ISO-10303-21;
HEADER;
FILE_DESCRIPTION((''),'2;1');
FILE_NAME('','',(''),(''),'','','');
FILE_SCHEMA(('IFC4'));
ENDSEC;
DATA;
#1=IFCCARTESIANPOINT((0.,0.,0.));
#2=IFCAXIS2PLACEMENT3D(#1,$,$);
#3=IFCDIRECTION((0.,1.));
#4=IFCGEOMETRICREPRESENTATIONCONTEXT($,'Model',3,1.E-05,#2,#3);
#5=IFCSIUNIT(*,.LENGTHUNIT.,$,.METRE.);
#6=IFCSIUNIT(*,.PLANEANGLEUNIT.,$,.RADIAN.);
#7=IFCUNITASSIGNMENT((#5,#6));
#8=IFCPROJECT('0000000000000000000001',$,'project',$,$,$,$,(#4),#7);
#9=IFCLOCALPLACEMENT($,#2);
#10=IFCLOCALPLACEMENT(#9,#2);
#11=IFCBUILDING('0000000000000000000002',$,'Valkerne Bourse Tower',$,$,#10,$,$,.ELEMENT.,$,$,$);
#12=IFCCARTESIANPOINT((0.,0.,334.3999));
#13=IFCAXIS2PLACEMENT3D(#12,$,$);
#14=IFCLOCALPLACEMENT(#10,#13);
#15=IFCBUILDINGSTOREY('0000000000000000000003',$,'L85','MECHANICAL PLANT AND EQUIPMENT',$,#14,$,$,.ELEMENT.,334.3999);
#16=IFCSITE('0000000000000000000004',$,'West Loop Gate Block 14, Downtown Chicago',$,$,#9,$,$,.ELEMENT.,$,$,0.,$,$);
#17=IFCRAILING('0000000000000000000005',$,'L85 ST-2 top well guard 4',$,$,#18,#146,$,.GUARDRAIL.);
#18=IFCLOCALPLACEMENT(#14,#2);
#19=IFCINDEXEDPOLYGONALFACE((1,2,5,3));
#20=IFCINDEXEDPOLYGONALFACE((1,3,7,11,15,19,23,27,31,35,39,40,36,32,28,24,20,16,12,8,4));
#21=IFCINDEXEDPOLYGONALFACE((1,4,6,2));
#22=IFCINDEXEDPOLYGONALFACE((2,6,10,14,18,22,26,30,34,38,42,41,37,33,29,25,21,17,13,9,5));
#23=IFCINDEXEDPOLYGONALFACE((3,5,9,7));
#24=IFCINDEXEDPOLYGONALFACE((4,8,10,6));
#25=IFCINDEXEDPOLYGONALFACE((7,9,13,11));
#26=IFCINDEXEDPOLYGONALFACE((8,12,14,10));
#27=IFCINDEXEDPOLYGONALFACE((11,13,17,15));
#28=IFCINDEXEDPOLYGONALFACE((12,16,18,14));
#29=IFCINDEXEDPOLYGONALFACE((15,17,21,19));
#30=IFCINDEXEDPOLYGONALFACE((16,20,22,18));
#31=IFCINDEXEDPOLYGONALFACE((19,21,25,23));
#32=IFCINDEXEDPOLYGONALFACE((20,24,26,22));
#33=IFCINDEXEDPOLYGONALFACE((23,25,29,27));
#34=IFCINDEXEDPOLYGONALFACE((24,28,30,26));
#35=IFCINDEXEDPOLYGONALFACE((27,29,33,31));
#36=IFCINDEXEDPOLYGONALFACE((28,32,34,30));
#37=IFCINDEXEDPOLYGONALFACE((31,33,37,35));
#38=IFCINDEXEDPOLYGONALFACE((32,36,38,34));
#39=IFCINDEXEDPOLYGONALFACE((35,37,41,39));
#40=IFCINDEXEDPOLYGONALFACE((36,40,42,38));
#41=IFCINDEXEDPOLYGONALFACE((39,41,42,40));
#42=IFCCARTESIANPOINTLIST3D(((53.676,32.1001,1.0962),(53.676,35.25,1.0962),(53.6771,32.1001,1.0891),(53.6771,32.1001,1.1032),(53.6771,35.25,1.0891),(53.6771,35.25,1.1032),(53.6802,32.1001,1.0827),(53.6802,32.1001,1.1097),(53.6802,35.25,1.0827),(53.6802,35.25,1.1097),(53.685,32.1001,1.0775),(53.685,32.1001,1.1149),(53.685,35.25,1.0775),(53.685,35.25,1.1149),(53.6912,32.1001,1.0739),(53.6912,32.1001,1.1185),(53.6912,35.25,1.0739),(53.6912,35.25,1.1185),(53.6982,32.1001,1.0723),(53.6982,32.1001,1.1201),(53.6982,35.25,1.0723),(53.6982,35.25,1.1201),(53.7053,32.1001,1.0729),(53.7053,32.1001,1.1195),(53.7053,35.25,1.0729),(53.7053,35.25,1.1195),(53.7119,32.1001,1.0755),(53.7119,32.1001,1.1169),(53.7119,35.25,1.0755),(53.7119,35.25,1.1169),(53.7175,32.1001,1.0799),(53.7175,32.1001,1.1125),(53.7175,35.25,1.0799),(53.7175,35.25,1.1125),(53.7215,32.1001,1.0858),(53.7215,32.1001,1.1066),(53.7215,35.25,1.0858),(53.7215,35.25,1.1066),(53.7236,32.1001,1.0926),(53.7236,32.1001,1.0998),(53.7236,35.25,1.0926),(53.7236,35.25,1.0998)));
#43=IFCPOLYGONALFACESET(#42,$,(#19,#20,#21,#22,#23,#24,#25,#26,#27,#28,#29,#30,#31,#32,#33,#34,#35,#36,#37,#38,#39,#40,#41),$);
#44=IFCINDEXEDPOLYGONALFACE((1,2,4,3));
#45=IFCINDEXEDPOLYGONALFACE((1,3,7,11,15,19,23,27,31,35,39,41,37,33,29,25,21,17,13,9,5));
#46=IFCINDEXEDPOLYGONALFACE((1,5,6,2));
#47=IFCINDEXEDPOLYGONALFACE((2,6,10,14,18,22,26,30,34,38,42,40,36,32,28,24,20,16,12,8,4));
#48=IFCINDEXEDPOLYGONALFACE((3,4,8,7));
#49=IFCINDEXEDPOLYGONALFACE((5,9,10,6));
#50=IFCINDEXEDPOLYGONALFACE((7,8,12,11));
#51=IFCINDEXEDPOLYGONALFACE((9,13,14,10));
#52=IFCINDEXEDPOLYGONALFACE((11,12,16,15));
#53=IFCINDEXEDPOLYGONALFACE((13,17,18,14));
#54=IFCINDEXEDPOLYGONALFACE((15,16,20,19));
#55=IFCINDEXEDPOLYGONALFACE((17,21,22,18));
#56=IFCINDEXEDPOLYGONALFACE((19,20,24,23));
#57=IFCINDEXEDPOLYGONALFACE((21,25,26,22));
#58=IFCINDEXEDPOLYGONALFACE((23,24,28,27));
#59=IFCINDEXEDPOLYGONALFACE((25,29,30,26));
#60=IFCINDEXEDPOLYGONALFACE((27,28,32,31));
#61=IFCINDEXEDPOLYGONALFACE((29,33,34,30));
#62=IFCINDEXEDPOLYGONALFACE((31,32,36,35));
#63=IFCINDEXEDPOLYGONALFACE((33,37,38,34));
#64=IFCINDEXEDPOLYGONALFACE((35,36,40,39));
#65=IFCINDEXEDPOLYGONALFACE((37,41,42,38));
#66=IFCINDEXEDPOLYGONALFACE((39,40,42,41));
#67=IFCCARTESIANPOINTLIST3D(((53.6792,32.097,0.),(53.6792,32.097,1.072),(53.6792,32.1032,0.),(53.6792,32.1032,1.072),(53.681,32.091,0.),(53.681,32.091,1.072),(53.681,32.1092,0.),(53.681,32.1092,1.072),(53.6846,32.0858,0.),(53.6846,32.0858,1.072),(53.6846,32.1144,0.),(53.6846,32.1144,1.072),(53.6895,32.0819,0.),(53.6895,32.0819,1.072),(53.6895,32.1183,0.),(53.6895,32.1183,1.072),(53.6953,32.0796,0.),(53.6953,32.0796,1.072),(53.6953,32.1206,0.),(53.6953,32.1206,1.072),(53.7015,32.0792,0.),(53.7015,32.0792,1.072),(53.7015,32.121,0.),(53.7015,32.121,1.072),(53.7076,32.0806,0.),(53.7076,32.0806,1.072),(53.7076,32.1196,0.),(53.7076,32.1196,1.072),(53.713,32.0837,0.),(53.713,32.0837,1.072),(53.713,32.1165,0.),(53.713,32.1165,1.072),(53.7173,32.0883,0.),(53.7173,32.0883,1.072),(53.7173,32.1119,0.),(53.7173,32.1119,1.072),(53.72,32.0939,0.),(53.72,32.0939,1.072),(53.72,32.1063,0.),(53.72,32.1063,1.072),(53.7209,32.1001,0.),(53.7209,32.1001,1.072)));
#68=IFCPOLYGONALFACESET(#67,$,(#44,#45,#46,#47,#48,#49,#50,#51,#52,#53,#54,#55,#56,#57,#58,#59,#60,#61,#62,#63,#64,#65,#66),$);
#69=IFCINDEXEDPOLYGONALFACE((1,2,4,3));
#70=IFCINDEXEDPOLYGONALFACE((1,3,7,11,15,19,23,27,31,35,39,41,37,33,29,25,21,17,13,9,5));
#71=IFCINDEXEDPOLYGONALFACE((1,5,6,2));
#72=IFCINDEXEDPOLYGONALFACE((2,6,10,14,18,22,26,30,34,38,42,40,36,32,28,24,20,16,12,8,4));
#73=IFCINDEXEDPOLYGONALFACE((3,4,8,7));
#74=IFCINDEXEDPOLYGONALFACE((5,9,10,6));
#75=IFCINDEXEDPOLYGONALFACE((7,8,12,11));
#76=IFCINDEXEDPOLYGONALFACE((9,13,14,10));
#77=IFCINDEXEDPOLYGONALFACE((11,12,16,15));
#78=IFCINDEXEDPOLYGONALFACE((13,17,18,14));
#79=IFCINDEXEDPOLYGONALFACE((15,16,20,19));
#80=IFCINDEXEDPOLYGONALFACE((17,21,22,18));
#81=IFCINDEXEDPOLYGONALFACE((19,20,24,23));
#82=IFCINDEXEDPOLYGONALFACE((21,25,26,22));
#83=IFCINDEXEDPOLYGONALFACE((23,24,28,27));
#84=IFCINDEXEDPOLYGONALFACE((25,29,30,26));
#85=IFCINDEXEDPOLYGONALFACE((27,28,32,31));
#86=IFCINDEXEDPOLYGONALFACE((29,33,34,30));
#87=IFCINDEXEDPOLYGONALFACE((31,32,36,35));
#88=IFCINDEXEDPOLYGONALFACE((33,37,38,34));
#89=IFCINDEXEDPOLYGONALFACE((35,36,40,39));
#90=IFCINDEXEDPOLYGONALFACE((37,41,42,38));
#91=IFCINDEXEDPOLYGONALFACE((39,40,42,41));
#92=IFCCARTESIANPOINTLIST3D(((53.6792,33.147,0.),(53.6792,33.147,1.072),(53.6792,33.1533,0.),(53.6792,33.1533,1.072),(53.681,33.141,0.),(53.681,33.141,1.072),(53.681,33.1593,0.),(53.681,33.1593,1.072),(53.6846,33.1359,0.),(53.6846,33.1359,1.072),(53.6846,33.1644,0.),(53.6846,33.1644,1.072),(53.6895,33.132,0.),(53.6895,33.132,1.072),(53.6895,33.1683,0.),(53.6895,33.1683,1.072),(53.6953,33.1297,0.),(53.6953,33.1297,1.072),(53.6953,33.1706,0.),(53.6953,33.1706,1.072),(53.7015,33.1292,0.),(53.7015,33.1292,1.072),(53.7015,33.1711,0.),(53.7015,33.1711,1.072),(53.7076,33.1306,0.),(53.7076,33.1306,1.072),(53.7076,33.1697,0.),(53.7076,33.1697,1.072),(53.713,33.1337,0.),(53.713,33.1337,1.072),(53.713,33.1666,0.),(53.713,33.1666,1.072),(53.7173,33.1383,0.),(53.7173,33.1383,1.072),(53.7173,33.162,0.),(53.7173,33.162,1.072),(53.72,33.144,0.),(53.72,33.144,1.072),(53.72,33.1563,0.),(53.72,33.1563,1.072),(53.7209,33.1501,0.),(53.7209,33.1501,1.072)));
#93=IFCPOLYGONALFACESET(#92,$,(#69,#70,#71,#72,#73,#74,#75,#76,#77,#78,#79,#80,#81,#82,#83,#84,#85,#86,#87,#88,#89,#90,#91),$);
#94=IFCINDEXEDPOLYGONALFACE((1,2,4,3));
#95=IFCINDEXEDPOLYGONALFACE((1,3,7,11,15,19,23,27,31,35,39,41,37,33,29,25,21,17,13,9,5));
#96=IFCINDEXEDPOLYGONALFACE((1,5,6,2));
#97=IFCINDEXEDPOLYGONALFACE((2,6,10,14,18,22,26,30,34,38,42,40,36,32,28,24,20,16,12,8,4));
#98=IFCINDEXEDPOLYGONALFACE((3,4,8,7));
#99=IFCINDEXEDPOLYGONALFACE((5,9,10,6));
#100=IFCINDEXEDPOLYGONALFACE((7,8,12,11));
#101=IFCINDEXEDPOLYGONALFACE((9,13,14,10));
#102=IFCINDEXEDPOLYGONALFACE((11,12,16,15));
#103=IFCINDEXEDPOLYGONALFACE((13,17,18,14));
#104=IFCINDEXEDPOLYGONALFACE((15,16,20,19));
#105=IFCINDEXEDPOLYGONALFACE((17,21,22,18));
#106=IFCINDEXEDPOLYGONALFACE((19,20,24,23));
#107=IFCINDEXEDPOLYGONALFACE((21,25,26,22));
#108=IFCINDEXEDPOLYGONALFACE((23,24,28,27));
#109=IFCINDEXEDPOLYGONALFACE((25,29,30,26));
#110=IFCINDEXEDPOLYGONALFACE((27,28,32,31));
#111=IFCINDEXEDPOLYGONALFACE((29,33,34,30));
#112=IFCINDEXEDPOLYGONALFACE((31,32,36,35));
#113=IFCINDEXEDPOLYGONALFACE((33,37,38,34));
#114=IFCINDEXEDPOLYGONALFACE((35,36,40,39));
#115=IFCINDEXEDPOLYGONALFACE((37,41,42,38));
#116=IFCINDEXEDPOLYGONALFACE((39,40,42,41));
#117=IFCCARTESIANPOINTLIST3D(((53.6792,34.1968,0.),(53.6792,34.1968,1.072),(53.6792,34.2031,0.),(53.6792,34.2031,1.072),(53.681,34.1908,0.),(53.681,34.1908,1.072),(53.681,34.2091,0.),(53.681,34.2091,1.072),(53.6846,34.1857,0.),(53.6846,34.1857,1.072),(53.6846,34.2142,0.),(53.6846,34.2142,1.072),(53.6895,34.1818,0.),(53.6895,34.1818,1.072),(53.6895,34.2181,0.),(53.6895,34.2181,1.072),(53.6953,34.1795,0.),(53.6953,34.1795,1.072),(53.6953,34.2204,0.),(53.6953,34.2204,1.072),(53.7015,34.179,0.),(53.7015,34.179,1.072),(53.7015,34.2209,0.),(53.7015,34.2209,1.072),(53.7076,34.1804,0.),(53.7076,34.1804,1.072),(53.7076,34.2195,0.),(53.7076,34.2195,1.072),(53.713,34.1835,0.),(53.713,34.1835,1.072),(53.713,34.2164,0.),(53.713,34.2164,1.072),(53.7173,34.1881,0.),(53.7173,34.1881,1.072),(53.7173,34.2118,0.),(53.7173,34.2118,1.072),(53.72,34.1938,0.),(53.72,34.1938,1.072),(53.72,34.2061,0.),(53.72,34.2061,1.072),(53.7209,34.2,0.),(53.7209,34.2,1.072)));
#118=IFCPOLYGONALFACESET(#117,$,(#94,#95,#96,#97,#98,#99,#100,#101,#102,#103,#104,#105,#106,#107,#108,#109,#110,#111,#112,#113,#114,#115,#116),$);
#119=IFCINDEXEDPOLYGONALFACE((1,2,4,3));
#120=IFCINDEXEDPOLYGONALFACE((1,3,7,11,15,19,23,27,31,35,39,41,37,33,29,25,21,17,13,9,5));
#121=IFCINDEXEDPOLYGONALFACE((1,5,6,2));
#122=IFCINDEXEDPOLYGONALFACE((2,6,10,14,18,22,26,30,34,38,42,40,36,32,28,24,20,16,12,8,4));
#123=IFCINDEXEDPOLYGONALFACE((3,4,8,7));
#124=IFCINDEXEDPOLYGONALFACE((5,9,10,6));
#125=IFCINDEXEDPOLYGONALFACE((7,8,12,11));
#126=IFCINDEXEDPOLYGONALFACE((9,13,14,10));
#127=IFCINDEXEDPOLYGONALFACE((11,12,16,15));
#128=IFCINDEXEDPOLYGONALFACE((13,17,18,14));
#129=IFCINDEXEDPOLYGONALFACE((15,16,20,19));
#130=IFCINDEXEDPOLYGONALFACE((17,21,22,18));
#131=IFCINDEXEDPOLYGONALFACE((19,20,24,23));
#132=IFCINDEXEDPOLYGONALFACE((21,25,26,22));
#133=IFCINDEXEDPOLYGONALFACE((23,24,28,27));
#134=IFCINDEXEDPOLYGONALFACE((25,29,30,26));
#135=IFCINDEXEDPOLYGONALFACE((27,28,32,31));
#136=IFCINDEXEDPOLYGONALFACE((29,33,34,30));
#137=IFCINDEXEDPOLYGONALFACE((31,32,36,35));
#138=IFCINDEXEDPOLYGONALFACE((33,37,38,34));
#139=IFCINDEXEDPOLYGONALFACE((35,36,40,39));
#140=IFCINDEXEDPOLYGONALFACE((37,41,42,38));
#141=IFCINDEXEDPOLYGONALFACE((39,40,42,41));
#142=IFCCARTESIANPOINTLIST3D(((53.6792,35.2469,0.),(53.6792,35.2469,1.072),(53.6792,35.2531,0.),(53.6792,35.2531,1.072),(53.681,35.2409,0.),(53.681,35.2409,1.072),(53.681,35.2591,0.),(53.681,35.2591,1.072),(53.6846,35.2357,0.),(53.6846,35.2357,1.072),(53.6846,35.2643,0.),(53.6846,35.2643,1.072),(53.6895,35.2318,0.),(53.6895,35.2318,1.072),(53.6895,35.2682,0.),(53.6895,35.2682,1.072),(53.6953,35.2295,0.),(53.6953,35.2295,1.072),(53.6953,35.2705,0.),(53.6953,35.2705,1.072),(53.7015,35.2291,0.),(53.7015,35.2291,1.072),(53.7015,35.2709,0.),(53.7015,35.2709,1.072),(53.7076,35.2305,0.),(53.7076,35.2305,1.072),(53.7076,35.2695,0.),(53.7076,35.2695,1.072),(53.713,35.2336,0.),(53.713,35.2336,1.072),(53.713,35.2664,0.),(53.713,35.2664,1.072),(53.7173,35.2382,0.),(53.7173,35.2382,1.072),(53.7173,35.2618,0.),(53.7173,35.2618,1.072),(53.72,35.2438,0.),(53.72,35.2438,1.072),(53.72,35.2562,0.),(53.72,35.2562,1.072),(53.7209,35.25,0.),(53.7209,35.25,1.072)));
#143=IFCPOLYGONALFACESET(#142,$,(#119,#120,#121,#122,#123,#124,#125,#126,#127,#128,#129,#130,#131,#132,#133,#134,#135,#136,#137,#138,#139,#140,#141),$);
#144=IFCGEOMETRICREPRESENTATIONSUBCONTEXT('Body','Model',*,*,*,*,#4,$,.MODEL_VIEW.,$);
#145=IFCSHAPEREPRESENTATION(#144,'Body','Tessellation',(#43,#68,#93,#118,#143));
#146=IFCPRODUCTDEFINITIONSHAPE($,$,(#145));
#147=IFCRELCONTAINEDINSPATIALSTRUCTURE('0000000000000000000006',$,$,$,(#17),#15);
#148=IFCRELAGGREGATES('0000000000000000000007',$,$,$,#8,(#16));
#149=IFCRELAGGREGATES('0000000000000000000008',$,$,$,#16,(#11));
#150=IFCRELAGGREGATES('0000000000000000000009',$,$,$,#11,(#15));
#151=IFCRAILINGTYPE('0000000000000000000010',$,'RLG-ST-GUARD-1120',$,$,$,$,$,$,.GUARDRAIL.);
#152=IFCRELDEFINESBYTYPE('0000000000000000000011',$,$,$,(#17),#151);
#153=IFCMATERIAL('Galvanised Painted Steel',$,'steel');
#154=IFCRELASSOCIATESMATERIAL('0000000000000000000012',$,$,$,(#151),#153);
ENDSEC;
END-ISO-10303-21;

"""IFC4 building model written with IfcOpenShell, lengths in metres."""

from ifc_helpers import new_model, si_unit, direction, frame, origin, origin_2d, place, context, subcontext, project, spatial, circle, extrude, material, type_object, element, save


model = new_model("IFC4")

# Units and contexts
model_context = context("Model", 3, precision=1e-05, world=origin(), true_north=direction((0.0, 1.0)))
body_context = subcontext(model_context, "Body", "Model", "MODEL_VIEW")
ifc_project = project(units=[si_unit("LENGTHUNIT", "METRE"), si_unit("PLANEANGLEUNIT", "RADIAN")], contexts=[model_context])

# Site, building, storey
site_placement = place(None, origin())
site = spatial("IfcSite", under=ifc_project, at=site_placement, Name="West Loop Gate Block 14, Downtown Chicago", CompositionType="ELEMENT", RefElevation=0.0)
building_placement = place(site_placement, origin())
building = spatial("IfcBuilding", under=site, at=building_placement, Name="Valkerne Bourse Tower", CompositionType="ELEMENT")
storey_placement = place(building_placement, frame((0.0, 0.0, 334.3999)))
storey = spatial("IfcBuildingStorey", under=building, at=storey_placement, Name="L85", Description="MECHANICAL PLANT AND EQUIPMENT", CompositionType="ELEMENT", Elevation=334.3999)

# Shared definitions
ifc_material_1 = material(Name="Galvanised Painted Steel", Category="steel")

# Railing
railing_type = type_object("IfcRailingType", Name="RLG-ST-GUARD-1120", PredefinedType="GUARDRAIL", material=ifc_material_1)
railing_placement = place(storey_placement, frame((53.7, 32.1001, 0.0)))
element("IfcRailing", 1, at=railing_placement, inside=storey, type_object=railing_type, Name="L85 ST-2 top well guard 4", PredefinedType="GUARDRAIL", context=body_context, shape_type="SweptSolid", body=[
    extrude(circle(Radius=0.0239, at=origin_2d()), frame((0.0, 0.0, 1.0962), z_axis=(0.0, 1.0, 0.0), x_axis=(-1.0, 0.0, 0.0)), (0.0, 0.0, 1.0), 3.1499),
    extrude(circle(Radius=0.021, at=origin_2d()), origin(), (0.0, 0.0, 1.0), 1.072),
    extrude(circle(Radius=0.021, at=origin_2d()), frame((0.0, 1.05, 0.0)), (0.0, 0.0, 1.0), 1.072),
    extrude(circle(Radius=0.021, at=origin_2d()), frame((0.0, 2.0999, 0.0)), (0.0, 0.0, 1.0), 1.072),
    extrude(circle(Radius=0.021, at=origin_2d()), frame((0.0, 3.1499, 0.0)), (0.0, 0.0, 1.0), 1.072),
])

save(model, "model.ifc")
